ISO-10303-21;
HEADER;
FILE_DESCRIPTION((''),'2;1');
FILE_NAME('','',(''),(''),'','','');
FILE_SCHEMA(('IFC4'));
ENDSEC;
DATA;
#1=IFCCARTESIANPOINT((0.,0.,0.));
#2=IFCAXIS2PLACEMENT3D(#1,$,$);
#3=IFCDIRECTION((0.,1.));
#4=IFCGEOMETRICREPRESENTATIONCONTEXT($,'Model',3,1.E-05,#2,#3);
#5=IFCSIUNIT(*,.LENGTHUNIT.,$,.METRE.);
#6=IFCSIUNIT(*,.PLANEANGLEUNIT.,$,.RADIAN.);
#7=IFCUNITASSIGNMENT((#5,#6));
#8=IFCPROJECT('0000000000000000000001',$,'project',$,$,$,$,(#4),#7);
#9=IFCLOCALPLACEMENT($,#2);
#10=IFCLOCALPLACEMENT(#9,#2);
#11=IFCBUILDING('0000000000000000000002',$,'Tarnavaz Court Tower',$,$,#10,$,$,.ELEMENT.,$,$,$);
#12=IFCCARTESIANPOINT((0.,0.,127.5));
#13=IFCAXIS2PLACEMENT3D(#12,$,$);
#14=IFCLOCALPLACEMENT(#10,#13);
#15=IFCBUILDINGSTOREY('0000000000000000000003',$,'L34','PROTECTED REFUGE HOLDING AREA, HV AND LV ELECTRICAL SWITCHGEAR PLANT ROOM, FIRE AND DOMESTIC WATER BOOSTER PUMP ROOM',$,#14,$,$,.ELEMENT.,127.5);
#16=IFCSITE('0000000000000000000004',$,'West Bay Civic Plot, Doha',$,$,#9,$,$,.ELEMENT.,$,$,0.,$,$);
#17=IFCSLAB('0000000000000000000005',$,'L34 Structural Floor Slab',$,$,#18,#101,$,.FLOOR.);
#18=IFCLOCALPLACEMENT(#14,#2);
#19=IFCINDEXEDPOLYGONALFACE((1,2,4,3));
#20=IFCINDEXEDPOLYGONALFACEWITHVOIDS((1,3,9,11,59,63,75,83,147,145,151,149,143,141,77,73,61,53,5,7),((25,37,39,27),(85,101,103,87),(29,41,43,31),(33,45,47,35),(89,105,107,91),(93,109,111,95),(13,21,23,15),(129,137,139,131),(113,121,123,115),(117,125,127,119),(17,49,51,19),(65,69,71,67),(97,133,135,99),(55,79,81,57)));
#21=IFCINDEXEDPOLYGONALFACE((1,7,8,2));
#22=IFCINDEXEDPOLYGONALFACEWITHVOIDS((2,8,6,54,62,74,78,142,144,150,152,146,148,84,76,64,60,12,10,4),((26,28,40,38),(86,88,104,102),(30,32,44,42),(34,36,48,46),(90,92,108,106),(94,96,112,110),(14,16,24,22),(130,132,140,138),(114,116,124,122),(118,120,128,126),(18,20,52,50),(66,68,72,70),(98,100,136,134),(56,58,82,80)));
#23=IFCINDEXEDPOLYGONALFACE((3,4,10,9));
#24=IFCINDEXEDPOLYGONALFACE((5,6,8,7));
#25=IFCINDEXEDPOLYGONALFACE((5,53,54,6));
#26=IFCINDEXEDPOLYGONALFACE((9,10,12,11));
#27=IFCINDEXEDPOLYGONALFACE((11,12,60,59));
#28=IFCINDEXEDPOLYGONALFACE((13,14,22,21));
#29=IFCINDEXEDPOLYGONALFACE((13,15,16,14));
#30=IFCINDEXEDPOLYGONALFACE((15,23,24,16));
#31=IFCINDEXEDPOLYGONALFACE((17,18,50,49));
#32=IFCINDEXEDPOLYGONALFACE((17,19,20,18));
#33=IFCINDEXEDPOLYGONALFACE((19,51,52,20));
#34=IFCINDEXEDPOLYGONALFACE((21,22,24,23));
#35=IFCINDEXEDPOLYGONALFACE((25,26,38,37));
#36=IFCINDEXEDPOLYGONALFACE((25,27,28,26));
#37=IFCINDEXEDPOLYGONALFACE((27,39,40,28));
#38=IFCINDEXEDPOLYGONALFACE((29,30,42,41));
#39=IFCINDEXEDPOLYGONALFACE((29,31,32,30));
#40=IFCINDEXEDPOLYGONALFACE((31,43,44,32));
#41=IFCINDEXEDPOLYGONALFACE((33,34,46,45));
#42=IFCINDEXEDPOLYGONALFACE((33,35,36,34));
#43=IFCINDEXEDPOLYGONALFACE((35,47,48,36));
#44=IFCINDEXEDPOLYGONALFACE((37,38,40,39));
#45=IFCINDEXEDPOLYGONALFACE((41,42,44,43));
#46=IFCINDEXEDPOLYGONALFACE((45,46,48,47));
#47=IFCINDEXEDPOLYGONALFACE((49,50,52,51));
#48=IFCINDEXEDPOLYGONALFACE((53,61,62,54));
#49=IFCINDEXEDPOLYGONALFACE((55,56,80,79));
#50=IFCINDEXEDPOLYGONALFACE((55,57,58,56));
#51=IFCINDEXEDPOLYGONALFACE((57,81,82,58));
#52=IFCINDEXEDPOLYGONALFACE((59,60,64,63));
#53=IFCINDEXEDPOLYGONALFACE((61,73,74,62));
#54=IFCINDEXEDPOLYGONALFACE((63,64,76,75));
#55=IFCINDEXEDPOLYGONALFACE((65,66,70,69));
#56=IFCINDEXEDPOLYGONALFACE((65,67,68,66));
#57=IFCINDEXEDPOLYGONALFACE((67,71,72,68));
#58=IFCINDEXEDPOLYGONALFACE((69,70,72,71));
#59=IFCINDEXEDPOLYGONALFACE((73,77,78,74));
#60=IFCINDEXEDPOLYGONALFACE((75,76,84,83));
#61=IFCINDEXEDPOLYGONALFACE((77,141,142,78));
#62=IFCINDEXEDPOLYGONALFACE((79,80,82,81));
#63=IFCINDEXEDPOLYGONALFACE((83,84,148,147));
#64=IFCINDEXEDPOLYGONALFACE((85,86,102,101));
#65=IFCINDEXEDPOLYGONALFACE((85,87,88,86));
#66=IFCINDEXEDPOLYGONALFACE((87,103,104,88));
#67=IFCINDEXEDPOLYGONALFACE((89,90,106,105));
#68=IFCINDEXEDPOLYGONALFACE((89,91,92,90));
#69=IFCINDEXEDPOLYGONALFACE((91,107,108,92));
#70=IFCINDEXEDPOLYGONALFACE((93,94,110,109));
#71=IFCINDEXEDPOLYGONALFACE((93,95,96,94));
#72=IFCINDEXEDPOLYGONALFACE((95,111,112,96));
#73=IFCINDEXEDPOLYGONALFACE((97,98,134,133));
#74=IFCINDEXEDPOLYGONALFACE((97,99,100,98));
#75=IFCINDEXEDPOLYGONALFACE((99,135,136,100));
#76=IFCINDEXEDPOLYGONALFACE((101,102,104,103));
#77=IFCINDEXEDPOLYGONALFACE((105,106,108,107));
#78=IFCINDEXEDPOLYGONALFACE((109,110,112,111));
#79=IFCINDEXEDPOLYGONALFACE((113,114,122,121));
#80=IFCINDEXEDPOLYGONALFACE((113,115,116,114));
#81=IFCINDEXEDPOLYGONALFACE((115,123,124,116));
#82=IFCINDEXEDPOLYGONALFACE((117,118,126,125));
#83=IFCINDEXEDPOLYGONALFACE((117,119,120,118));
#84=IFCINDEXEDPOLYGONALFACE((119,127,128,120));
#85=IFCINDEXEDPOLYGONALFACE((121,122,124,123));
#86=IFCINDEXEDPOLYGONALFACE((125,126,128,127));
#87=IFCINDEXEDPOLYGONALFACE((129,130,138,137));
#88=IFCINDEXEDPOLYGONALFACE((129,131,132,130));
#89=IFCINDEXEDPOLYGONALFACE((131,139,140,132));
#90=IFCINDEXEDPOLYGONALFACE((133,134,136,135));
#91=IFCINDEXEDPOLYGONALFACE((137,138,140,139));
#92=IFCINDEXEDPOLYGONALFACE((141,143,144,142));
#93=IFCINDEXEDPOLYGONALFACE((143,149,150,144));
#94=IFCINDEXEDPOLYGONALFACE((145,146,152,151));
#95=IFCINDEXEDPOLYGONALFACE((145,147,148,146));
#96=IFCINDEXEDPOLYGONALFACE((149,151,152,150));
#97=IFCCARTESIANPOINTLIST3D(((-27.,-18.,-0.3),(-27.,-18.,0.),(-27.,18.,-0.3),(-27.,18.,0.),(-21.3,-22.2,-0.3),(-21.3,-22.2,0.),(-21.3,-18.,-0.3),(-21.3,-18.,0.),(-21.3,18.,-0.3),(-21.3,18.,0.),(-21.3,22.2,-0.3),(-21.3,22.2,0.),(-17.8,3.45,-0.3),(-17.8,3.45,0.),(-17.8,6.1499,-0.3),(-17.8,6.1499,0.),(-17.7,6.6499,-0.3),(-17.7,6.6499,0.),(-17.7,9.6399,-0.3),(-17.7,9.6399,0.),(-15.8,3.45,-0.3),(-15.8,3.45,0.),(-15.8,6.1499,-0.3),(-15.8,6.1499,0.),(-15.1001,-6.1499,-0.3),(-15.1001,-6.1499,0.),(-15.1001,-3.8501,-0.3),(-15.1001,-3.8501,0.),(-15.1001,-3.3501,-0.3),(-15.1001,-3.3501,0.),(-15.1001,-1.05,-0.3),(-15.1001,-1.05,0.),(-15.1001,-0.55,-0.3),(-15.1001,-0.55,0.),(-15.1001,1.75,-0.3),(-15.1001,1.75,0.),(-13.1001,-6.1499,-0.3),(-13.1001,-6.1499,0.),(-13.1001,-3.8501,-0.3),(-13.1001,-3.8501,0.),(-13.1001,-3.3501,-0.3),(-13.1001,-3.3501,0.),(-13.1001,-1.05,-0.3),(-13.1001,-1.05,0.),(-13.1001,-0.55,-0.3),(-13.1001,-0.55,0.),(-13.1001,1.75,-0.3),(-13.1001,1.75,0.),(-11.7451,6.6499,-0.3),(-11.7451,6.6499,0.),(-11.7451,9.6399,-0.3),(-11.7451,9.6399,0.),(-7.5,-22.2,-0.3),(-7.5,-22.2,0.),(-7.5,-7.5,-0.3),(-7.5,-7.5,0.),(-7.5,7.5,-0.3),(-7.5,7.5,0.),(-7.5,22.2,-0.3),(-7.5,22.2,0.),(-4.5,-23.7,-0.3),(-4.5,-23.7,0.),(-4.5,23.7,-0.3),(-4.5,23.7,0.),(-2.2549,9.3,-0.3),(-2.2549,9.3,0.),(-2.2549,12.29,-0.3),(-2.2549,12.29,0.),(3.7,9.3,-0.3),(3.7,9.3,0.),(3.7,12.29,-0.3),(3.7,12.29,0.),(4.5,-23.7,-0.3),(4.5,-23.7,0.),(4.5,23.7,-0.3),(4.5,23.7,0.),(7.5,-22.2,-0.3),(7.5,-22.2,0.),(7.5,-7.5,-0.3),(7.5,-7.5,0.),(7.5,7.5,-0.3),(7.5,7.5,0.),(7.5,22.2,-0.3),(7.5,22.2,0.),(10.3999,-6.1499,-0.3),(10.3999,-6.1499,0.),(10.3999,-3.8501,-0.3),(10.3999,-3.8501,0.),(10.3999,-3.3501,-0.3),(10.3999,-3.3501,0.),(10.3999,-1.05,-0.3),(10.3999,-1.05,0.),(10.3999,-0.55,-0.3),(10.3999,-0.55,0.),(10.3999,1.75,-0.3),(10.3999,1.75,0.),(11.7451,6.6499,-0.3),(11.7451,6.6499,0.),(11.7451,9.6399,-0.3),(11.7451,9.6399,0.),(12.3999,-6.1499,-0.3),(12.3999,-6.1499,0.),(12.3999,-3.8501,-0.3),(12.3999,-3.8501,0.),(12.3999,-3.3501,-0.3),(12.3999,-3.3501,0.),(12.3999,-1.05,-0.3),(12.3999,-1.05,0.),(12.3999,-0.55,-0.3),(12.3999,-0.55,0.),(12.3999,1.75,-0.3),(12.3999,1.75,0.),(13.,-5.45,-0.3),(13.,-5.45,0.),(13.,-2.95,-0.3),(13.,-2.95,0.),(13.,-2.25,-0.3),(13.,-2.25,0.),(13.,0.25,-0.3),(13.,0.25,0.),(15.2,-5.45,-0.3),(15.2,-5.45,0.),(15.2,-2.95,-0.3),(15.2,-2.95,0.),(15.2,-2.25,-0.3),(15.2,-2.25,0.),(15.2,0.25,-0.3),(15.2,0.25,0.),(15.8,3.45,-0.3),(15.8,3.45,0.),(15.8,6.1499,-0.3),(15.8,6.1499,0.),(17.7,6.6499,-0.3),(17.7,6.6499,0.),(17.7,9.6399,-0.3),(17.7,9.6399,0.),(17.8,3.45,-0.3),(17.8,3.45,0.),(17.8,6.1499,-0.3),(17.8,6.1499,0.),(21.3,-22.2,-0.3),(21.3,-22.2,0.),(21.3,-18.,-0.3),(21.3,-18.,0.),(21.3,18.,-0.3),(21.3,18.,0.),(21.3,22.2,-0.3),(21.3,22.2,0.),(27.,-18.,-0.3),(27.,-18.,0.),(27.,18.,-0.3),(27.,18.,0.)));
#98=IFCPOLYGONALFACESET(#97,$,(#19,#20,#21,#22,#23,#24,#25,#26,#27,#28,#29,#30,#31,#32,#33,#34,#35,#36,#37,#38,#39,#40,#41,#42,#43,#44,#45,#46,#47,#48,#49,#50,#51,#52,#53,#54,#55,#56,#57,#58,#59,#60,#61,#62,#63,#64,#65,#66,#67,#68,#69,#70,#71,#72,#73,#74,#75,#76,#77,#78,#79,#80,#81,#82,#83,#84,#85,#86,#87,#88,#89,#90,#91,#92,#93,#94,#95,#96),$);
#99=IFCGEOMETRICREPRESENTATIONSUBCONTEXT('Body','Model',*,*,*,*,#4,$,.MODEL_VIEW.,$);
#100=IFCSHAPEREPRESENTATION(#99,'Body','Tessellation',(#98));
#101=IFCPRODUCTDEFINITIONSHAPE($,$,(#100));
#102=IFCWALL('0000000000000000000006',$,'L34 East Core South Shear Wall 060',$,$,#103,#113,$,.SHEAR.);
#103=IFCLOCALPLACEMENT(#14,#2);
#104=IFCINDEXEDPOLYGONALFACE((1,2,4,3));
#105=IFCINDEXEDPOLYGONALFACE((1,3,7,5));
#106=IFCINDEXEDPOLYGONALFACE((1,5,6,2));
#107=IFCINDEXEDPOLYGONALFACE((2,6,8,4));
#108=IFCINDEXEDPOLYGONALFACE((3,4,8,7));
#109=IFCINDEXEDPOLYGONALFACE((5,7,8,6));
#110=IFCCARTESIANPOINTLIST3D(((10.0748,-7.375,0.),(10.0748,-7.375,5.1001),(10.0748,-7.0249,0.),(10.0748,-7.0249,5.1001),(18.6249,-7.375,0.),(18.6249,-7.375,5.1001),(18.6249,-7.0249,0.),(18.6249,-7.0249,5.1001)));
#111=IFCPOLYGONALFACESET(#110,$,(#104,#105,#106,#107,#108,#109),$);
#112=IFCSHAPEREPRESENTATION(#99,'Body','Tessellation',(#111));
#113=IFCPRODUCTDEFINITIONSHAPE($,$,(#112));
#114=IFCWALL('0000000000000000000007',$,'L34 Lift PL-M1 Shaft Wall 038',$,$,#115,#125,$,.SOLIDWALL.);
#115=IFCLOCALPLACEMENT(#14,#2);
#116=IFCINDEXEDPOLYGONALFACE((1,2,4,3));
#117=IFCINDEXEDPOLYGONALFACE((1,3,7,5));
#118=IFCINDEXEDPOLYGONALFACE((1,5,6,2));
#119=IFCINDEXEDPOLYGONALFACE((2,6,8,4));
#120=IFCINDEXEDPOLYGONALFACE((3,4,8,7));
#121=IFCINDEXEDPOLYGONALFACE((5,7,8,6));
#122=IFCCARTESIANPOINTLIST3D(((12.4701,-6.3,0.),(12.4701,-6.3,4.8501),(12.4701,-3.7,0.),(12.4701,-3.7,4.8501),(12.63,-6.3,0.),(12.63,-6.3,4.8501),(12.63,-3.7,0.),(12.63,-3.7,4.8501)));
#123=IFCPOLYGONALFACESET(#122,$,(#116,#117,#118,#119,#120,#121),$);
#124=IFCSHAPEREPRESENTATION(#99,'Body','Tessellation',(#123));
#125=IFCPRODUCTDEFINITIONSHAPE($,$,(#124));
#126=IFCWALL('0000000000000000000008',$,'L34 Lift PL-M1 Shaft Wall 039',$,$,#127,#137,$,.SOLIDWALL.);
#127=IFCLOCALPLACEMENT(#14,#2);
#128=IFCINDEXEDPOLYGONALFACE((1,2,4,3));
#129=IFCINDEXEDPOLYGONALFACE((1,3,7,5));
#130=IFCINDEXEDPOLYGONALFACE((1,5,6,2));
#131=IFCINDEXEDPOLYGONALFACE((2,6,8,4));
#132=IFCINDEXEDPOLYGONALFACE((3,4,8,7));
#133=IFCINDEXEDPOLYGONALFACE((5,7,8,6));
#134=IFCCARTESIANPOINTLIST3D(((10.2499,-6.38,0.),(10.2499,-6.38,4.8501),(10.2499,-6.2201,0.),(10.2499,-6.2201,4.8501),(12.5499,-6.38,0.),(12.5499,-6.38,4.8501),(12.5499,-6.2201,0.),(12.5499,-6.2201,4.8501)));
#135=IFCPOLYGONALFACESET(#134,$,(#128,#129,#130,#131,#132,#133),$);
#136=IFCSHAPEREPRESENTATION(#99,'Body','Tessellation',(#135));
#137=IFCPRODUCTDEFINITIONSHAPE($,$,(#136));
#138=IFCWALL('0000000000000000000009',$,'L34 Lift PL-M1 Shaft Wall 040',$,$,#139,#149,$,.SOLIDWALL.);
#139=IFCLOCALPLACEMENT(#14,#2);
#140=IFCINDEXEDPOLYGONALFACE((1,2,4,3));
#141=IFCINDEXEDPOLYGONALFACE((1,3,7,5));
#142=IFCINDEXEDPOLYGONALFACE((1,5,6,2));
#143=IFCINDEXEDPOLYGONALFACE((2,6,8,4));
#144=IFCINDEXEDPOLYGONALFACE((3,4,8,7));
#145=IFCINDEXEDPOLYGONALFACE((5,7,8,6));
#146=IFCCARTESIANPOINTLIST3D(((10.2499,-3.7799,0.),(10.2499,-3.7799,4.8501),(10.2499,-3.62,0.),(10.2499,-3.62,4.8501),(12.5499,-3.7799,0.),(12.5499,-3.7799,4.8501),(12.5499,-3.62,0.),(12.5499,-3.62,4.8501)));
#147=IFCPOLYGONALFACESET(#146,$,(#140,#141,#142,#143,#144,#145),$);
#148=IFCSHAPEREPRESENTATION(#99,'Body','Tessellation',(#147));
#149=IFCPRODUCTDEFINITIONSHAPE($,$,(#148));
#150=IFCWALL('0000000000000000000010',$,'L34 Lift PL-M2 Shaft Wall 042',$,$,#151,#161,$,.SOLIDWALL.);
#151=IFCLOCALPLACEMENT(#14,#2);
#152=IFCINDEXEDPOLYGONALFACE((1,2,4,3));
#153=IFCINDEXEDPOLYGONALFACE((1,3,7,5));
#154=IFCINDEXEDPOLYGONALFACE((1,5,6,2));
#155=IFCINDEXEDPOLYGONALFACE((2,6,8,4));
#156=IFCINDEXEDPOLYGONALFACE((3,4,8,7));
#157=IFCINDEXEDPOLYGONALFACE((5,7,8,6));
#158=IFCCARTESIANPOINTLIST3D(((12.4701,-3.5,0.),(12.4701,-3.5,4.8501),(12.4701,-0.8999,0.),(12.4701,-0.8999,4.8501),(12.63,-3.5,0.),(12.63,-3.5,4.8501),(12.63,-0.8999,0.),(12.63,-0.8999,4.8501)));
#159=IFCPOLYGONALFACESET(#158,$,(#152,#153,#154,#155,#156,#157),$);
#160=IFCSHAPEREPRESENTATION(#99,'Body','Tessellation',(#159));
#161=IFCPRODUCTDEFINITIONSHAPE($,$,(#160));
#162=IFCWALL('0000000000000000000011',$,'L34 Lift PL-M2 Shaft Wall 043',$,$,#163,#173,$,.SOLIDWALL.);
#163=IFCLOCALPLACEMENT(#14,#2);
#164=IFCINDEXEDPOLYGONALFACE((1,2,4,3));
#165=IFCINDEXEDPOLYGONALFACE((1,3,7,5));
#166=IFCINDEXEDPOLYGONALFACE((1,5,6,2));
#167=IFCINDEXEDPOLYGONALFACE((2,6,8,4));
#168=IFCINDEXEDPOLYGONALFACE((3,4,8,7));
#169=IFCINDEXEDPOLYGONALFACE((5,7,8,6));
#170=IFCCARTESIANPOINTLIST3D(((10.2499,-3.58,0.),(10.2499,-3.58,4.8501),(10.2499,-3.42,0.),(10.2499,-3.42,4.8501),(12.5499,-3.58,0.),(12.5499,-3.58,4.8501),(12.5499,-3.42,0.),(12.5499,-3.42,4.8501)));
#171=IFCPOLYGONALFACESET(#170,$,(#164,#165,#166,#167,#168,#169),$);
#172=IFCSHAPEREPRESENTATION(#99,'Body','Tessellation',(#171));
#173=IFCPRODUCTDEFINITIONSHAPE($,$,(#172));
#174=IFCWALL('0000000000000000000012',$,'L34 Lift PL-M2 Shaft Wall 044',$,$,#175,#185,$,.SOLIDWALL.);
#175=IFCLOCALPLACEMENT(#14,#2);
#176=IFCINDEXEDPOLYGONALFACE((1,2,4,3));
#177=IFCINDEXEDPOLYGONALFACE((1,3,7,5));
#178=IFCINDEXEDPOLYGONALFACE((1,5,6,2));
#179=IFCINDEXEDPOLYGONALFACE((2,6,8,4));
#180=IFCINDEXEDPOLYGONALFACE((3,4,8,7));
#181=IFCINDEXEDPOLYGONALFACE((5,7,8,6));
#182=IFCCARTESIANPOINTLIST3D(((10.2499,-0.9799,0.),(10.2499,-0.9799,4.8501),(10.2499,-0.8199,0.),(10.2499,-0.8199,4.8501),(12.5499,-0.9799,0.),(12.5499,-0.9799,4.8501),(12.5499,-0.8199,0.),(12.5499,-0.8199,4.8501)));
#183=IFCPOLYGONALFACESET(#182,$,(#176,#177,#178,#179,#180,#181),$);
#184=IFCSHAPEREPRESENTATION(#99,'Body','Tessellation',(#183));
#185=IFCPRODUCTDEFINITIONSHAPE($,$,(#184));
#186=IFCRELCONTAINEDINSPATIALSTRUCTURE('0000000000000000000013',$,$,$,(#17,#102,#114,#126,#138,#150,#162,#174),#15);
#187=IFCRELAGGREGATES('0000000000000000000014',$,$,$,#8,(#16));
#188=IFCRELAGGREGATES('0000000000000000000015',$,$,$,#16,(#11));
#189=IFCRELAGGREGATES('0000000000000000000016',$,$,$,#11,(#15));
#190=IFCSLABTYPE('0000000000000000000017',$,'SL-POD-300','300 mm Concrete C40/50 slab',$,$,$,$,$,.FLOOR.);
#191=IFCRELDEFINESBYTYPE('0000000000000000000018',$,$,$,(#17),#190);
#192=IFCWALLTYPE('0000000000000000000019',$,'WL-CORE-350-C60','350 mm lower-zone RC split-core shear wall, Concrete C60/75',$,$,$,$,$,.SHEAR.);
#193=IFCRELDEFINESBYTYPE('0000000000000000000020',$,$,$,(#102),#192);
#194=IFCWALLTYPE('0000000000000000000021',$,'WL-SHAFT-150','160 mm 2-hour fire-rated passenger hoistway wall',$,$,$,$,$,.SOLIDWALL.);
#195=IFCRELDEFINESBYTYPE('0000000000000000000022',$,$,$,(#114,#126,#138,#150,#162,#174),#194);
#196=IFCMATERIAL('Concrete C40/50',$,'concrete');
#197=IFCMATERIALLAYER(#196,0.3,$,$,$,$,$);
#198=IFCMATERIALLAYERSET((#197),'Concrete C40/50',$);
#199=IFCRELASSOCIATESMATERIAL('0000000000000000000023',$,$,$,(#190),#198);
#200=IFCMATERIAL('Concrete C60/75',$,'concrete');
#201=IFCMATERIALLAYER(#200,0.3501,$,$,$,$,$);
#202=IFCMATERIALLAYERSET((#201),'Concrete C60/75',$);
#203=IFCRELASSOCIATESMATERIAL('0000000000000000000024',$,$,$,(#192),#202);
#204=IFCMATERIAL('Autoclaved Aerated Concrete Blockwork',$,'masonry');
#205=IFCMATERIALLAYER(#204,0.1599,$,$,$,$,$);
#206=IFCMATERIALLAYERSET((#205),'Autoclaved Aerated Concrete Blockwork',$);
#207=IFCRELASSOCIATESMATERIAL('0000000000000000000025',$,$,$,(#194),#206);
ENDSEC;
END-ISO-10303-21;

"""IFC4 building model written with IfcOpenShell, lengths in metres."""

from ifc_helpers import new_model, si_unit, direction, frame, frame_2d, origin, place, context, subcontext, project, spatial, polyline, rectangle, outline, extrude, material, layer, layer_set, type_object, element, save


model = new_model("IFC4")

# Units and contexts
model_context = context("Model", 3, precision=1e-05, world=origin(), true_north=direction((0.0, 1.0)))
body_context = subcontext(model_context, "Body", "Model", "MODEL_VIEW")
ifc_project = project(units=[si_unit("LENGTHUNIT", "METRE"), si_unit("PLANEANGLEUNIT", "RADIAN")], contexts=[model_context])

# Site, building, storey
site_placement = place(None, origin())
site = spatial("IfcSite", under=ifc_project, at=site_placement, Name="West Bay Civic Plot, Doha", CompositionType="ELEMENT", RefElevation=0.0)
building_placement = place(site_placement, origin())
building = spatial("IfcBuilding", under=site, at=building_placement, Name="Tarnavaz Court Tower", CompositionType="ELEMENT")
storey_placement = place(building_placement, frame((0.0, 0.0, 127.5)))
storey = spatial("IfcBuildingStorey", under=building, at=storey_placement, Name="L34", Description="PROTECTED REFUGE HOLDING AREA, HV AND LV ELECTRICAL SWITCHGEAR PLANT ROOM, FIRE AND DOMESTIC WATER BOOSTER PUMP ROOM", CompositionType="ELEMENT", Elevation=127.5)

# Shared definitions
ifc_material_1 = material(Name="Concrete C60/75", Category="concrete")

# Shared definitions
ifc_material_2 = material(Name="Concrete C40/50", Category="concrete")

# Slab
ifc_layer_1 = layer(ifc_material_2, 0.3)
ifc_layer_set_1 = layer_set([ifc_layer_1], Name="Concrete C40/50")
slab_type_1 = type_object("IfcSlabType", Name="SL-POD-300", Description="300 mm Concrete C40/50 slab", PredefinedType="FLOOR", material=ifc_layer_set_1)
slab_1_placement = place(storey_placement, frame((0.0, 0.0, -0.3)))
element("IfcSlab", 1, at=slab_1_placement, inside=storey, type_object=slab_type_1, Name="L34 Structural Floor Slab", PredefinedType="FLOOR", context=body_context, shape_type="SweptSolid", body=[
    extrude(outline(polyline([(-21.3, -22.2), (-7.5, -22.2), (-4.5, -23.7), (4.5, -23.7), (7.5, -22.2), (21.3, -22.2), (21.3, -18.0), (27.0, -18.0), (27.0, 18.0), (21.3, 18.0), (21.3, 22.2), (7.5, 22.2), (4.5, 23.7), (-4.5, 23.7), (-7.5, 22.2), (-21.3, 22.2), (-21.3, 18.0), (-27.0, 18.0), (-27.0, -18.0), (-21.3, -18.0), (-21.3, -22.2)]), holes=[polyline([(-7.5, -7.5), (7.5, -7.5), (7.5, 7.5), (-7.5, 7.5), (-7.5, -7.5)]), polyline([(-11.7451, 9.6399), (-17.7, 9.6399), (-17.7, 6.6499), (-11.7451, 6.6499), (-11.7451, 9.6399)]), polyline([(11.7451, 6.6499), (17.7, 6.6499), (17.7, 9.6399), (11.7451, 9.6399), (11.7451, 6.6499)]), polyline([(-2.2549, 9.3), (3.7, 9.3), (3.7, 12.29), (-2.2549, 12.29), (-2.2549, 9.3)]), polyline([(-17.8, 3.45), (-15.8, 3.45), (-15.8, 6.1499), (-17.8, 6.1499), (-17.8, 3.45)]), polyline([(-15.1001, -6.1499), (-13.1001, -6.1499), (-13.1001, -3.8501), (-15.1001, -3.8501), (-15.1001, -6.1499)]), polyline([(-15.1001, -3.3501), (-13.1001, -3.3501), (-13.1001, -1.05), (-15.1001, -1.05), (-15.1001, -3.3501)]), polyline([(-15.1001, -0.55), (-13.1001, -0.55), (-13.1001, 1.75), (-15.1001, 1.75), (-15.1001, -0.55)]), polyline([(15.8, 3.45), (17.8, 3.45), (17.8, 6.1499), (15.8, 6.1499), (15.8, 3.45)]), polyline([(10.3999, -6.1499), (12.3999, -6.1499), (12.3999, -3.8501), (10.3999, -3.8501), (10.3999, -6.1499)]), polyline([(10.3999, -3.3501), (12.3999, -3.3501), (12.3999, -1.05), (10.3999, -1.05), (10.3999, -3.3501)]), polyline([(10.3999, -0.55), (12.3999, -0.55), (12.3999, 1.75), (10.3999, 1.75), (10.3999, -0.55)]), polyline([(13.0, -5.45), (15.2, -5.45), (15.2, -2.95), (13.0, -2.95), (13.0, -5.45)]), polyline([(13.0, -2.25), (15.2, -2.25), (15.2, 0.25), (13.0, 0.25), (13.0, -2.25)])]), origin(), (0.0, 0.0, 1.0), 0.3),
])

# Wall
ifc_layer_2 = layer(ifc_material_1, 0.3501)
ifc_layer_set_2 = layer_set([ifc_layer_2], Name="Concrete C60/75")
wall_type_1 = type_object("IfcWallType", Name="WL-CORE-350-C60", Description="350 mm lower-zone RC split-core shear wall, Concrete C60/75", PredefinedType="SHEAR", material=ifc_layer_set_2)
wall_1_placement = place(storey_placement, frame((10.075, -7.2, 0.0), z_axis=(0.0, 0.0, 1.0), x_axis=(1.0, 0.0, 0.0)))
element("IfcWall", 2, at=wall_1_placement, inside=storey, type_object=wall_type_1, Name="L34 East Core South Shear Wall 060", PredefinedType="SHEAR", context=body_context, shape_type="SweptSolid", body=[
    extrude(rectangle(XDim=8.55, YDim=0.3501, at=frame_2d((4.2749, 0.0))), origin(), (0.0, 0.0, 1.0), 5.1001),
])

# Shared definitions
ifc_material_3 = material(Name="Autoclaved Aerated Concrete Blockwork", Category="masonry")
ifc_layer_3 = layer(ifc_material_3, 0.1599)
ifc_layer_set_3 = layer_set([ifc_layer_3], Name="Autoclaved Aerated Concrete Blockwork")
wall_type_2 = type_object("IfcWallType", Name="WL-SHAFT-150", Description="160 mm 2-hour fire-rated passenger hoistway wall", PredefinedType="SOLIDWALL", material=ifc_layer_set_3)

# Walls
wall_2_placement = place(storey_placement, frame((12.55, -6.3, 0.0), z_axis=(0.0, 0.0, 1.0), x_axis=(0.0, 1.0, 0.0)))
element("IfcWall", 3, at=wall_2_placement, inside=storey, type_object=wall_type_2, Name="L34 Lift PL-M1 Shaft Wall 038", PredefinedType="SOLIDWALL", context=body_context, shape_type="SweptSolid", body=[
    extrude(rectangle(XDim=2.6001, YDim=0.1599, at=frame_2d((1.3, 0.0))), origin(), (0.0, 0.0, 1.0), 4.8501),
])
for number, where, z_axis, x_axis, name in (
    (4, (10.25, -6.3, 0.0), (0.0, 0.0, 1.0), (1.0, 0.0, 0.0), "L34 Lift PL-M1 Shaft Wall 039"),
    (5, (10.25, -3.7, 0.0), (0.0, 0.0, 1.0), (1.0, 0.0, 0.0), "L34 Lift PL-M1 Shaft Wall 040"),
):
    element("IfcWall", number, at=place(storey_placement, frame(where, z_axis=z_axis, x_axis=x_axis)), inside=storey, type_object=wall_type_2, Name=name, PredefinedType="SOLIDWALL", context=body_context, shape_type="SweptSolid", body=[
        extrude(rectangle(XDim=2.3, YDim=0.1599, at=frame_2d((1.1499, 0.0))), origin(), (0.0, 0.0, 1.0), 4.8501),
    ])

# Walls
wall_3_placement = place(storey_placement, frame((12.55, -3.5, 0.0), z_axis=(0.0, 0.0, 1.0), x_axis=(0.0, 1.0, 0.0)))
element("IfcWall", 6, at=wall_3_placement, inside=storey, type_object=wall_type_2, Name="L34 Lift PL-M2 Shaft Wall 042", PredefinedType="SOLIDWALL", context=body_context, shape_type="SweptSolid", body=[
    extrude(rectangle(XDim=2.6001, YDim=0.1599, at=frame_2d((1.3, 0.0))), origin(), (0.0, 0.0, 1.0), 4.8501),
])
for number, where, z_axis, x_axis, name in (
    (7, (10.25, -3.5, 0.0), (0.0, 0.0, 1.0), (1.0, 0.0, 0.0), "L34 Lift PL-M2 Shaft Wall 043"),
    (8, (10.25, -0.8999, 0.0), (0.0, 0.0, 1.0), (1.0, 0.0, 0.0), "L34 Lift PL-M2 Shaft Wall 044"),
):
    element("IfcWall", number, at=place(storey_placement, frame(where, z_axis=z_axis, x_axis=x_axis)), inside=storey, type_object=wall_type_2, Name=name, PredefinedType="SOLIDWALL", context=body_context, shape_type="SweptSolid", body=[
        extrude(rectangle(XDim=2.3, YDim=0.1599, at=frame_2d((1.1499, 0.0))), origin(), (0.0, 0.0, 1.0), 4.8501),
    ])

save(model, "model.ifc")
